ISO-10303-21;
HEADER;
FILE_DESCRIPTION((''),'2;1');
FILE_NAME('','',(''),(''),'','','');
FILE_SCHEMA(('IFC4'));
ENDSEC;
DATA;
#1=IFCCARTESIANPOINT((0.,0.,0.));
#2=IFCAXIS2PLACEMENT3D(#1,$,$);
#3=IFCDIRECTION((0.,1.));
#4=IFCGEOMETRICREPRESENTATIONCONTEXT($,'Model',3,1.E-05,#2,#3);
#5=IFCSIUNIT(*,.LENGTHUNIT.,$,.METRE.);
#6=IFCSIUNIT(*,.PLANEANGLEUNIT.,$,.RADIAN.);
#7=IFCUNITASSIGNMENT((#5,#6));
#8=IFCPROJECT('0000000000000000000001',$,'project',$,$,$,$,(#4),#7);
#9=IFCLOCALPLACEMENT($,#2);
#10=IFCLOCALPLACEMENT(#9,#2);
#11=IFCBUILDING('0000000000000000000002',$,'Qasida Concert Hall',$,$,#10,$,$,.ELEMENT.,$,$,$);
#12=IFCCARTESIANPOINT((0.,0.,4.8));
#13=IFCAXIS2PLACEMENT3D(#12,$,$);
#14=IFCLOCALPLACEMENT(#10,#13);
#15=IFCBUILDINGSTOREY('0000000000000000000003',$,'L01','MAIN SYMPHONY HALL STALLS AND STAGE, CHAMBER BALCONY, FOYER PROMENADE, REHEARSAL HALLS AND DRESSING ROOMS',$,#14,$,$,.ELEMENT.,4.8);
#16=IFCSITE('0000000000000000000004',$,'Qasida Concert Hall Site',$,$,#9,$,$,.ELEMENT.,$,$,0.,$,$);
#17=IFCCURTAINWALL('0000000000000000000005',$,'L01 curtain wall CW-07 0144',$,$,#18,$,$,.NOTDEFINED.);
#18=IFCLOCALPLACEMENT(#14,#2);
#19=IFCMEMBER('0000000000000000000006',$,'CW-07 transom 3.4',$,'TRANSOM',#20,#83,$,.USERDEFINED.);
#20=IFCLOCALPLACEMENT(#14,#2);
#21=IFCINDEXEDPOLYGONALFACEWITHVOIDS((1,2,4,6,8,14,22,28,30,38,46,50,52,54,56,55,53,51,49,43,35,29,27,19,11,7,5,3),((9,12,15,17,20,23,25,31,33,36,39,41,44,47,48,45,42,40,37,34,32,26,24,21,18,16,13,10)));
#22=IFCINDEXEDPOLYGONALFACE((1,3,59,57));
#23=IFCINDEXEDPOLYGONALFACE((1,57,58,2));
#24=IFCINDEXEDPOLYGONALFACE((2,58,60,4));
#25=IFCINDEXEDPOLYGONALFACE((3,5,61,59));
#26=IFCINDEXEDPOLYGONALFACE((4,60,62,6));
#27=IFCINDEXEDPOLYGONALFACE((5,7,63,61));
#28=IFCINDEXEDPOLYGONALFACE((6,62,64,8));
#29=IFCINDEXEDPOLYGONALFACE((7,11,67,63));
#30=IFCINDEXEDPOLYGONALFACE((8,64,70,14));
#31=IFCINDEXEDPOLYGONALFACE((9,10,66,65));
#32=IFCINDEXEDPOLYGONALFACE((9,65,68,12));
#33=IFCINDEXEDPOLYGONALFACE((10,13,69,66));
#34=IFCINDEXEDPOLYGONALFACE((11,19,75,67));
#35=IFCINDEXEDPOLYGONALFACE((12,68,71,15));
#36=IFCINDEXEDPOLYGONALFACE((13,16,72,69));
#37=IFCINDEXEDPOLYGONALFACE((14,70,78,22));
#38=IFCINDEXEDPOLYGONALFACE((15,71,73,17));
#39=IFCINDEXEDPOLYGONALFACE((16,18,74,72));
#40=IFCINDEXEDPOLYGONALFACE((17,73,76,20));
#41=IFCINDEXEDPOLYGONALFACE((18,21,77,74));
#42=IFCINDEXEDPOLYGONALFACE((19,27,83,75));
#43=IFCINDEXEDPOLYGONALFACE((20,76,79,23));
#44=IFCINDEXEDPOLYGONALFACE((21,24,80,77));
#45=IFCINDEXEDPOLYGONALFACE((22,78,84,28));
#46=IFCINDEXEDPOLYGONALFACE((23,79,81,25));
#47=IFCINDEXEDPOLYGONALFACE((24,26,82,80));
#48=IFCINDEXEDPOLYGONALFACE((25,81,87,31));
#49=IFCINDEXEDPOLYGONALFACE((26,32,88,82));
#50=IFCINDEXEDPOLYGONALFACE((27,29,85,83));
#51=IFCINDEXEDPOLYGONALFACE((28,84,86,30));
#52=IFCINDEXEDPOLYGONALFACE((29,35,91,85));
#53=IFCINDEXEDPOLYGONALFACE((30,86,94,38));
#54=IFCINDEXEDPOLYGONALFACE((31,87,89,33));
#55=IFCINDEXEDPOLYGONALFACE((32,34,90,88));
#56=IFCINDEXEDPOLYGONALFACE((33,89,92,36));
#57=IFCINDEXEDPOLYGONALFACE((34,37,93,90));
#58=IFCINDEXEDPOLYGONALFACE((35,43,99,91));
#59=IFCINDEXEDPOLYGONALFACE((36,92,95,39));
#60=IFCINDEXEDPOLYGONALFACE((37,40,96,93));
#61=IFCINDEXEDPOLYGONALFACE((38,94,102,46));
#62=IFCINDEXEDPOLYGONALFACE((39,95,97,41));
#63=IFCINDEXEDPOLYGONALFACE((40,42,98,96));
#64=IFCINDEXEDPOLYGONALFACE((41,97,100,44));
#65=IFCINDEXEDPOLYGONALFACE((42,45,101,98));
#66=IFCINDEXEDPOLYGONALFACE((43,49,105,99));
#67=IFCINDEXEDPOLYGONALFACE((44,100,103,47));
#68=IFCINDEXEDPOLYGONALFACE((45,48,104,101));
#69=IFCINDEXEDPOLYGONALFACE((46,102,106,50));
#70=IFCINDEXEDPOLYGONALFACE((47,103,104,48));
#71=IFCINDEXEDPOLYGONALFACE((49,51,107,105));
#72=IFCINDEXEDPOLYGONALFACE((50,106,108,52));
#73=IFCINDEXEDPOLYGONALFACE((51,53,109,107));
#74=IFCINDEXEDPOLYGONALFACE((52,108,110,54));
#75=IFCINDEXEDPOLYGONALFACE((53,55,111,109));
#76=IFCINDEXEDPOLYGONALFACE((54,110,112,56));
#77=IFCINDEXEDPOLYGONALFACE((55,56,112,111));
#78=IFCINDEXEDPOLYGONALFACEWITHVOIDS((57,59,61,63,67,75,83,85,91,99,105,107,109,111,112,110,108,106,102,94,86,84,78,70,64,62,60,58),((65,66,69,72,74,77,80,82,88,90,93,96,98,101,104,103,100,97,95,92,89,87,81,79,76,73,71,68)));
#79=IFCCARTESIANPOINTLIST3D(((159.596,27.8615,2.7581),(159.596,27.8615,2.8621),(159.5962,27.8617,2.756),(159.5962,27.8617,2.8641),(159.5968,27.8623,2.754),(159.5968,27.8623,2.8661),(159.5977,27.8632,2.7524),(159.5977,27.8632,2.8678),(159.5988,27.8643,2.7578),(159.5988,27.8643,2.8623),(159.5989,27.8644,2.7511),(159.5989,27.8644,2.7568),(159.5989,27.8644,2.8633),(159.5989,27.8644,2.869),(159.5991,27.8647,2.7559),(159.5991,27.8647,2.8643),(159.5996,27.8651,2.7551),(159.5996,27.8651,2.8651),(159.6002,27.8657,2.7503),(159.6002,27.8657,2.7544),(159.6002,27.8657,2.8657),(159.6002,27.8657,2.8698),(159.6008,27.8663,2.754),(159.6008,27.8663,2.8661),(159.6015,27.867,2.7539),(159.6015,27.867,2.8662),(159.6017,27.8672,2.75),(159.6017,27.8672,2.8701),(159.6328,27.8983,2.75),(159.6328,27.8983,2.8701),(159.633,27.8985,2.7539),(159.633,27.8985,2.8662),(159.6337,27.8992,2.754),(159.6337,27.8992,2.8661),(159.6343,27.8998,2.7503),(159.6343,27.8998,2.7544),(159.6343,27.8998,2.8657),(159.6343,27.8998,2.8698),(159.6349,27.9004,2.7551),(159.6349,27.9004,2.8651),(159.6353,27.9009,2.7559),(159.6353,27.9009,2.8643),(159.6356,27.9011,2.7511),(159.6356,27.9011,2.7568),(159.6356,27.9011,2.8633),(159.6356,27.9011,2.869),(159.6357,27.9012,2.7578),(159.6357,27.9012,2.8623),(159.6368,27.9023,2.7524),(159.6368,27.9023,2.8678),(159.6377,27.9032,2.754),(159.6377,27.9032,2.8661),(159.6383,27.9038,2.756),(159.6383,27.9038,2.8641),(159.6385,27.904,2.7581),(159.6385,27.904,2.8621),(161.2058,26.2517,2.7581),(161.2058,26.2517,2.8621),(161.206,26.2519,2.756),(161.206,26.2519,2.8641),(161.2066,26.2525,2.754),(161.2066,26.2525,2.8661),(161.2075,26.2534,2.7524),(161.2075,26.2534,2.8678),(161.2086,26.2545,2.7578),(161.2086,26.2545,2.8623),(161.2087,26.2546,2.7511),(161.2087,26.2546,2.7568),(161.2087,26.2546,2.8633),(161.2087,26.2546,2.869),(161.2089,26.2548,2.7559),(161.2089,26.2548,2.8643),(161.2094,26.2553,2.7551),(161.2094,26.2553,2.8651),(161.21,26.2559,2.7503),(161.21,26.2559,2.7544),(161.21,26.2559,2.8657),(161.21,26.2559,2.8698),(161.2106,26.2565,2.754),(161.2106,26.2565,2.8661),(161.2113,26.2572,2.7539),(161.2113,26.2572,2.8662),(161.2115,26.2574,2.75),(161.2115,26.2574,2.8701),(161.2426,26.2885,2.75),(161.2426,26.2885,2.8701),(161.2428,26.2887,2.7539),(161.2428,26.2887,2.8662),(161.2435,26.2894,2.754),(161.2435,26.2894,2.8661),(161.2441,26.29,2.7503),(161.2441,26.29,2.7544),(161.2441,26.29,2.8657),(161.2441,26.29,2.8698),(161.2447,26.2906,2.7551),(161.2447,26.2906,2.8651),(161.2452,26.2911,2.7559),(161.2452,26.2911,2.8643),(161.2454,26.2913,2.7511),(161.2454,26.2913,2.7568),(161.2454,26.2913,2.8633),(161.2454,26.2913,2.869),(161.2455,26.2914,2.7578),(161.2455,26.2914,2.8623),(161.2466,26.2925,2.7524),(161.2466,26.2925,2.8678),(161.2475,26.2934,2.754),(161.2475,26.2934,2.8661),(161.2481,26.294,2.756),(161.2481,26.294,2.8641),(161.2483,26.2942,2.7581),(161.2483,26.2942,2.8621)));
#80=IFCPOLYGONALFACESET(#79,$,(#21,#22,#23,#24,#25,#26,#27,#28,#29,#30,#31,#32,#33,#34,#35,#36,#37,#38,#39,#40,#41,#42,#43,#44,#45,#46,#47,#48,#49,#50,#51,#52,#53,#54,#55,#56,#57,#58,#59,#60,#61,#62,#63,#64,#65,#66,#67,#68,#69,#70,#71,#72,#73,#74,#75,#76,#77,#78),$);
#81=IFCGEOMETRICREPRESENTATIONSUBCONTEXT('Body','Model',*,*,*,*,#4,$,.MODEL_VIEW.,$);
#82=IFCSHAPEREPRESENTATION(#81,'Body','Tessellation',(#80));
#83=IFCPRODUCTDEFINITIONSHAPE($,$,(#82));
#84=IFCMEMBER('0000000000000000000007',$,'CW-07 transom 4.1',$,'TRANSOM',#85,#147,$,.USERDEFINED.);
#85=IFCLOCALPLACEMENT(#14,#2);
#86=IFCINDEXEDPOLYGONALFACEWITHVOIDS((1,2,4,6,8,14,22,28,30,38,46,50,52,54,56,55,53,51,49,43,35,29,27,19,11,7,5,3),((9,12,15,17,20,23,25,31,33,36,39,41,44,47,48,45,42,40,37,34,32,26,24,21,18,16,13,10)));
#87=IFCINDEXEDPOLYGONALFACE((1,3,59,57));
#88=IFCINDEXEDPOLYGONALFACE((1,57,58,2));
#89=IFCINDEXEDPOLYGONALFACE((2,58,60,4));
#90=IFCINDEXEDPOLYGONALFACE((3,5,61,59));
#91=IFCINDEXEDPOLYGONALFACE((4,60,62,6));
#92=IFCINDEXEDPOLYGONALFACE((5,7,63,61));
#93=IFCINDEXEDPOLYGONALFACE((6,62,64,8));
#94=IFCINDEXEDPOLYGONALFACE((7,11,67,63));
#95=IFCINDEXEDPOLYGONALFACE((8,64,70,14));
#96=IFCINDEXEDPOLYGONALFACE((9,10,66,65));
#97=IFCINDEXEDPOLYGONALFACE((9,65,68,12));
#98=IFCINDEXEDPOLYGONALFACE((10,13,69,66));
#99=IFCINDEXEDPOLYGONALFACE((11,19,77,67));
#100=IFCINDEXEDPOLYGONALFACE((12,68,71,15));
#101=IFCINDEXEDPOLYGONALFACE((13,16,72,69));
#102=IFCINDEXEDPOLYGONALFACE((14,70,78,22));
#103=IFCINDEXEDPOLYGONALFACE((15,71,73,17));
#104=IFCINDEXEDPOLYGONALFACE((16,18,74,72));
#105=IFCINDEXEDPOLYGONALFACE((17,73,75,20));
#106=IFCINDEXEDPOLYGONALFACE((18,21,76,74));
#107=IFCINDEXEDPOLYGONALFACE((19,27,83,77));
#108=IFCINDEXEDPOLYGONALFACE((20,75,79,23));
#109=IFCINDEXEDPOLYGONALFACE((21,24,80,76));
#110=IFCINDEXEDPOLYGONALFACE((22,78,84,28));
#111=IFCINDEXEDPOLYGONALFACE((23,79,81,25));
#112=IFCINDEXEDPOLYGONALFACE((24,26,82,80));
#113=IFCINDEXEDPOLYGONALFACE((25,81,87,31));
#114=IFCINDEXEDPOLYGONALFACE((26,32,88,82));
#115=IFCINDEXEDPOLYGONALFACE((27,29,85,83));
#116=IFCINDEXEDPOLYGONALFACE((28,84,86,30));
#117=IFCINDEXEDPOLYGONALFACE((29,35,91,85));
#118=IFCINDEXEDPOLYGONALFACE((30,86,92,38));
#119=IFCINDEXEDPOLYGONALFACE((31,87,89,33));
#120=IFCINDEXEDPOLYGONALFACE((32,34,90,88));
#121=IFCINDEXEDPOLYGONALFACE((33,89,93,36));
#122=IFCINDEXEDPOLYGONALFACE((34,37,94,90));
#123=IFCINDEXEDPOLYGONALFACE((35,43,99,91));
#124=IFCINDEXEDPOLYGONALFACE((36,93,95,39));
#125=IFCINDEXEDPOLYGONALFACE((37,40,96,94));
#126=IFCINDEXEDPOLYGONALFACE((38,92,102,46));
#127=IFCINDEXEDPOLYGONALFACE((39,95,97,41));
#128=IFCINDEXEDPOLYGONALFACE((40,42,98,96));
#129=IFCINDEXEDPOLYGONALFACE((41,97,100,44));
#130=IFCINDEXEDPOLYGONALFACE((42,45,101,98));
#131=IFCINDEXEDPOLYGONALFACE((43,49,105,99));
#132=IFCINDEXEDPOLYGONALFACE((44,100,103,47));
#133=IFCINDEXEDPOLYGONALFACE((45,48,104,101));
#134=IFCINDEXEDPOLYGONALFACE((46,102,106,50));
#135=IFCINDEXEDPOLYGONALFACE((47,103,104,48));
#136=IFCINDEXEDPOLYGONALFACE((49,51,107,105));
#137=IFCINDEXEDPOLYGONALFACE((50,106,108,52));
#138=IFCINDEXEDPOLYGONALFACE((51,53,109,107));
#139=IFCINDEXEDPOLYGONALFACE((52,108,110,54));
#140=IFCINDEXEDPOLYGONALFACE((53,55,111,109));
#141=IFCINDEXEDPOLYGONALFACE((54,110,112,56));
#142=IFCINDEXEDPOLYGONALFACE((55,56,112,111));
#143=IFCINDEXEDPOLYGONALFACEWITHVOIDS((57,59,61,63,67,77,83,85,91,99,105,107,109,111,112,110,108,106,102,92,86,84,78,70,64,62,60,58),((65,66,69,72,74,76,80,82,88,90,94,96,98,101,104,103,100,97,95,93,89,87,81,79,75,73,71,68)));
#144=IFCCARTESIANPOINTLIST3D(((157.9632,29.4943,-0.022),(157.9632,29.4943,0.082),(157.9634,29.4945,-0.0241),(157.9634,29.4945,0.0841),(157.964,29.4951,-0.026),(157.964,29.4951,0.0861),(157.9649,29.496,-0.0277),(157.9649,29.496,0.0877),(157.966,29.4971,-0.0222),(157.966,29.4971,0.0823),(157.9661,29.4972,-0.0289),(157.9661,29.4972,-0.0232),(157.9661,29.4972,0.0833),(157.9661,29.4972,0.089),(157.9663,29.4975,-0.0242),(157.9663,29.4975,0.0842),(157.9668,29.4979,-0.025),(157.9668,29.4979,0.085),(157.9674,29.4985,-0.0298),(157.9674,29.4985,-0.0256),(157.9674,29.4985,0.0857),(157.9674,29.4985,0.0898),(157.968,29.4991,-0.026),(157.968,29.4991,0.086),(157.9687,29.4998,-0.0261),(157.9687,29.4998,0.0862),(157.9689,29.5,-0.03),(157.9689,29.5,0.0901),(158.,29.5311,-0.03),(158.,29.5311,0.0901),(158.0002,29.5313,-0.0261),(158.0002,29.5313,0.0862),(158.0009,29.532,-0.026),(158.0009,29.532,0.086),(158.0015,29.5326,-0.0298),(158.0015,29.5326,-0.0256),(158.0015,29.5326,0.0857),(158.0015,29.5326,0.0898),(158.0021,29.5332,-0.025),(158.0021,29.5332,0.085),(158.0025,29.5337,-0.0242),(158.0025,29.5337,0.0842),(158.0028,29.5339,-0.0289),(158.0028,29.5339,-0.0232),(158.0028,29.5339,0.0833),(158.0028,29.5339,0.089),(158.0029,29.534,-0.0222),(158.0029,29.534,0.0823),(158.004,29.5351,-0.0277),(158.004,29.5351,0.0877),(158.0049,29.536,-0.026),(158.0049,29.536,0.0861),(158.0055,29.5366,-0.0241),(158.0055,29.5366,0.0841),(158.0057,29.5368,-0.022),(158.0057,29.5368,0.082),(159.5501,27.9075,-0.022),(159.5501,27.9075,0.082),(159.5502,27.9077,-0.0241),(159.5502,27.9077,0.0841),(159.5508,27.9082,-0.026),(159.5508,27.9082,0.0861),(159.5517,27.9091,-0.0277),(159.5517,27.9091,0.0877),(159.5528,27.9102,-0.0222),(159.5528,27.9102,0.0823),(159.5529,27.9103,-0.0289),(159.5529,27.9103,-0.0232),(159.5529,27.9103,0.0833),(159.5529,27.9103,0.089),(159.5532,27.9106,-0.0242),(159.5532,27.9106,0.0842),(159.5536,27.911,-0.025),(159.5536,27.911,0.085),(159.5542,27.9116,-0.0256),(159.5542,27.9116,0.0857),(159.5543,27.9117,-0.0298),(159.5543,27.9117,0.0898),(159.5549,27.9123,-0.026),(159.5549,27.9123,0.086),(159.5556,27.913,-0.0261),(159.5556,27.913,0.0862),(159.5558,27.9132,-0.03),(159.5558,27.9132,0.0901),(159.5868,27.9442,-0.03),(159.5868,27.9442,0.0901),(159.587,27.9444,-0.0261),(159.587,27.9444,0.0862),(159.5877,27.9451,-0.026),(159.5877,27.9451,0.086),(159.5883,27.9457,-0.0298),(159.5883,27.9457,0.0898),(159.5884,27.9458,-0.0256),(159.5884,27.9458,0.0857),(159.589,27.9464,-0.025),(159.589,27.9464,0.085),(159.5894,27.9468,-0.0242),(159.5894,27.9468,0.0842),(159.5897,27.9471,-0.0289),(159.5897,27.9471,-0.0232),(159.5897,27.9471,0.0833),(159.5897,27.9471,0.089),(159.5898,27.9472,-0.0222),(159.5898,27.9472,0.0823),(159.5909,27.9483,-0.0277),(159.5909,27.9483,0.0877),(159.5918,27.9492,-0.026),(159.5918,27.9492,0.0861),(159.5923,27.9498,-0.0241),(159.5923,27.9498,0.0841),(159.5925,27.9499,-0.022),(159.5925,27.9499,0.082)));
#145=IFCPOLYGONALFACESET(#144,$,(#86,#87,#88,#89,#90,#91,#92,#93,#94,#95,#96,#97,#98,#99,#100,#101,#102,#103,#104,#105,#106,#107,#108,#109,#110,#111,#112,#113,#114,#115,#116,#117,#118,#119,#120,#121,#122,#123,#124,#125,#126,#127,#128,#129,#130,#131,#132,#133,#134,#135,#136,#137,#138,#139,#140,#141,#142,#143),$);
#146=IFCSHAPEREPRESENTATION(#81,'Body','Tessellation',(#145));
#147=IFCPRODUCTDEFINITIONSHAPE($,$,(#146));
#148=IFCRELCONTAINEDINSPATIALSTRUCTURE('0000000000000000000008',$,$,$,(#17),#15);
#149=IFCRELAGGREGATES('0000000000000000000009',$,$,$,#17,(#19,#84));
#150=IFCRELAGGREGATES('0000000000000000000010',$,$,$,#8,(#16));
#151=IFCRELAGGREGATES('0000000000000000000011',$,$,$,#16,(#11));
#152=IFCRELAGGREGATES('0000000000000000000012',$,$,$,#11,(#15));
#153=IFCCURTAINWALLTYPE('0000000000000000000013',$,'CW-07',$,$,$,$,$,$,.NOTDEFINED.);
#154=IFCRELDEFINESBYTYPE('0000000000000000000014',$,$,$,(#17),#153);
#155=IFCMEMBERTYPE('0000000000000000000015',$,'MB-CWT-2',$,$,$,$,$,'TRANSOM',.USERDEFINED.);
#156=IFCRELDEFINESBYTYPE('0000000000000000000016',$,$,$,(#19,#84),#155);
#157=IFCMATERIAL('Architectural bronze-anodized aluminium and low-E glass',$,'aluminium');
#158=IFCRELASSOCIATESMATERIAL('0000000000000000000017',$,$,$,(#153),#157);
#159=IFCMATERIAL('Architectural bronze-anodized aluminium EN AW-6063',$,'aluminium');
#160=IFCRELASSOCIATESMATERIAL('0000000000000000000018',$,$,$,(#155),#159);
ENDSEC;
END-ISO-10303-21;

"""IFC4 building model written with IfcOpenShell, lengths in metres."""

from ifc_helpers import new_model, si_unit, direction, frame, origin, origin_2d, place, context, subcontext, project, spatial, hollow_rectangle, extrude, material, material_profile, profile_set, type_object, element, aggregate, save


model = new_model("IFC4")

# Units and contexts
model_context = context("Model", 3, precision=1e-05, world=origin(), true_north=direction((0.0, 1.0)))
body_context = subcontext(model_context, "Body", "Model", "MODEL_VIEW")
ifc_project = project(units=[si_unit("LENGTHUNIT", "METRE"), si_unit("PLANEANGLEUNIT", "RADIAN")], contexts=[model_context])

# Site, building, storey
site_placement = place(None, origin())
site = spatial("IfcSite", under=ifc_project, at=site_placement, Name="Qasida Concert Hall Site", CompositionType="ELEMENT", RefElevation=0.0)
building_placement = place(site_placement, origin())
building = spatial("IfcBuilding", under=site, at=building_placement, Name="Qasida Concert Hall", CompositionType="ELEMENT")
storey_placement = place(building_placement, frame((0.0, 0.0, 4.8)))
storey = spatial("IfcBuildingStorey", under=building, at=storey_placement, Name="L01", Description="MAIN SYMPHONY HALL STALLS AND STAGE, CHAMBER BALCONY, FOYER PROMENADE, REHEARSAL HALLS AND DRESSING ROOMS", CompositionType="ELEMENT", Elevation=4.8)

# Curtain wall, members
ifc_material_1 = material(Name="Architectural bronze-anodized aluminium and low-E glass", Category="aluminium")
curtain_wall_type = type_object("IfcCurtainWallType", Name="CW-07", PredefinedType="NOTDEFINED", material=ifc_material_1)
curtain_wall_placement = place(storey_placement, origin())
curtain_wall = element("IfcCurtainWall", 1, at=curtain_wall_placement, inside=storey, type_object=curtain_wall_type, Name="L01 curtain wall CW-07 0144", PredefinedType="NOTDEFINED")
ifc_material_2 = material(Name="Architectural bronze-anodized aluminium EN AW-6063", Category="aluminium")
ifc_material_profile_1 = material_profile(ifc_material_2, hollow_rectangle(XDim=0.0601, YDim=0.1201, WallThickness=0.0039, InnerFilletRadius=0.0039, OuterFilletRadius=0.0081, at=origin_2d()), Name="CWT 120x60x4")
ifc_profile_set_1 = profile_set([ifc_material_profile_1], Name="Architectural bronze-anodized aluminium EN AW-6063")
member_type_1 = type_object("IfcMemberType", Name="MB-CWT-2", ElementType="TRANSOM", PredefinedType="USERDEFINED", material=ifc_profile_set_1)
member_1_placement = place(storey_placement, frame((161.2271, 26.2729, 2.8101), z_axis=(-0.707107, 0.707107, 0.0), x_axis=(-0.707107, -0.707107, 0.0)))
member_1 = element("IfcMember", 2, at=member_1_placement, type_object=member_type_1, Name="CW-07 transom 3.4", ObjectType="TRANSOM", PredefinedType="USERDEFINED", context=body_context, shape_type="SweptSolid", body=[
    extrude(hollow_rectangle(XDim=0.0601, YDim=0.1201, WallThickness=0.0039, InnerFilletRadius=0.0039, OuterFilletRadius=0.0081, at=origin_2d()), origin(), (0.0, 0.0, 1.0), 2.2766),
])
member_2_placement = place(storey_placement, frame((159.5713, 27.9287, 0.03), z_axis=(-0.707107, 0.707107, 0.0), x_axis=(-0.707107, -0.707107, 0.0)))
member_2 = element("IfcMember", 3, at=member_2_placement, type_object=member_type_1, Name="CW-07 transom 4.1", ObjectType="TRANSOM", PredefinedType="USERDEFINED", context=body_context, shape_type="SweptSolid", body=[
    extrude(hollow_rectangle(XDim=0.0601, YDim=0.1201, WallThickness=0.0039, InnerFilletRadius=0.0039, OuterFilletRadius=0.0081, at=origin_2d()), origin(), (0.0, 0.0, 1.0), 2.2441),
])
aggregate(curtain_wall, [member_1, member_2])

save(model, "model.ifc")
